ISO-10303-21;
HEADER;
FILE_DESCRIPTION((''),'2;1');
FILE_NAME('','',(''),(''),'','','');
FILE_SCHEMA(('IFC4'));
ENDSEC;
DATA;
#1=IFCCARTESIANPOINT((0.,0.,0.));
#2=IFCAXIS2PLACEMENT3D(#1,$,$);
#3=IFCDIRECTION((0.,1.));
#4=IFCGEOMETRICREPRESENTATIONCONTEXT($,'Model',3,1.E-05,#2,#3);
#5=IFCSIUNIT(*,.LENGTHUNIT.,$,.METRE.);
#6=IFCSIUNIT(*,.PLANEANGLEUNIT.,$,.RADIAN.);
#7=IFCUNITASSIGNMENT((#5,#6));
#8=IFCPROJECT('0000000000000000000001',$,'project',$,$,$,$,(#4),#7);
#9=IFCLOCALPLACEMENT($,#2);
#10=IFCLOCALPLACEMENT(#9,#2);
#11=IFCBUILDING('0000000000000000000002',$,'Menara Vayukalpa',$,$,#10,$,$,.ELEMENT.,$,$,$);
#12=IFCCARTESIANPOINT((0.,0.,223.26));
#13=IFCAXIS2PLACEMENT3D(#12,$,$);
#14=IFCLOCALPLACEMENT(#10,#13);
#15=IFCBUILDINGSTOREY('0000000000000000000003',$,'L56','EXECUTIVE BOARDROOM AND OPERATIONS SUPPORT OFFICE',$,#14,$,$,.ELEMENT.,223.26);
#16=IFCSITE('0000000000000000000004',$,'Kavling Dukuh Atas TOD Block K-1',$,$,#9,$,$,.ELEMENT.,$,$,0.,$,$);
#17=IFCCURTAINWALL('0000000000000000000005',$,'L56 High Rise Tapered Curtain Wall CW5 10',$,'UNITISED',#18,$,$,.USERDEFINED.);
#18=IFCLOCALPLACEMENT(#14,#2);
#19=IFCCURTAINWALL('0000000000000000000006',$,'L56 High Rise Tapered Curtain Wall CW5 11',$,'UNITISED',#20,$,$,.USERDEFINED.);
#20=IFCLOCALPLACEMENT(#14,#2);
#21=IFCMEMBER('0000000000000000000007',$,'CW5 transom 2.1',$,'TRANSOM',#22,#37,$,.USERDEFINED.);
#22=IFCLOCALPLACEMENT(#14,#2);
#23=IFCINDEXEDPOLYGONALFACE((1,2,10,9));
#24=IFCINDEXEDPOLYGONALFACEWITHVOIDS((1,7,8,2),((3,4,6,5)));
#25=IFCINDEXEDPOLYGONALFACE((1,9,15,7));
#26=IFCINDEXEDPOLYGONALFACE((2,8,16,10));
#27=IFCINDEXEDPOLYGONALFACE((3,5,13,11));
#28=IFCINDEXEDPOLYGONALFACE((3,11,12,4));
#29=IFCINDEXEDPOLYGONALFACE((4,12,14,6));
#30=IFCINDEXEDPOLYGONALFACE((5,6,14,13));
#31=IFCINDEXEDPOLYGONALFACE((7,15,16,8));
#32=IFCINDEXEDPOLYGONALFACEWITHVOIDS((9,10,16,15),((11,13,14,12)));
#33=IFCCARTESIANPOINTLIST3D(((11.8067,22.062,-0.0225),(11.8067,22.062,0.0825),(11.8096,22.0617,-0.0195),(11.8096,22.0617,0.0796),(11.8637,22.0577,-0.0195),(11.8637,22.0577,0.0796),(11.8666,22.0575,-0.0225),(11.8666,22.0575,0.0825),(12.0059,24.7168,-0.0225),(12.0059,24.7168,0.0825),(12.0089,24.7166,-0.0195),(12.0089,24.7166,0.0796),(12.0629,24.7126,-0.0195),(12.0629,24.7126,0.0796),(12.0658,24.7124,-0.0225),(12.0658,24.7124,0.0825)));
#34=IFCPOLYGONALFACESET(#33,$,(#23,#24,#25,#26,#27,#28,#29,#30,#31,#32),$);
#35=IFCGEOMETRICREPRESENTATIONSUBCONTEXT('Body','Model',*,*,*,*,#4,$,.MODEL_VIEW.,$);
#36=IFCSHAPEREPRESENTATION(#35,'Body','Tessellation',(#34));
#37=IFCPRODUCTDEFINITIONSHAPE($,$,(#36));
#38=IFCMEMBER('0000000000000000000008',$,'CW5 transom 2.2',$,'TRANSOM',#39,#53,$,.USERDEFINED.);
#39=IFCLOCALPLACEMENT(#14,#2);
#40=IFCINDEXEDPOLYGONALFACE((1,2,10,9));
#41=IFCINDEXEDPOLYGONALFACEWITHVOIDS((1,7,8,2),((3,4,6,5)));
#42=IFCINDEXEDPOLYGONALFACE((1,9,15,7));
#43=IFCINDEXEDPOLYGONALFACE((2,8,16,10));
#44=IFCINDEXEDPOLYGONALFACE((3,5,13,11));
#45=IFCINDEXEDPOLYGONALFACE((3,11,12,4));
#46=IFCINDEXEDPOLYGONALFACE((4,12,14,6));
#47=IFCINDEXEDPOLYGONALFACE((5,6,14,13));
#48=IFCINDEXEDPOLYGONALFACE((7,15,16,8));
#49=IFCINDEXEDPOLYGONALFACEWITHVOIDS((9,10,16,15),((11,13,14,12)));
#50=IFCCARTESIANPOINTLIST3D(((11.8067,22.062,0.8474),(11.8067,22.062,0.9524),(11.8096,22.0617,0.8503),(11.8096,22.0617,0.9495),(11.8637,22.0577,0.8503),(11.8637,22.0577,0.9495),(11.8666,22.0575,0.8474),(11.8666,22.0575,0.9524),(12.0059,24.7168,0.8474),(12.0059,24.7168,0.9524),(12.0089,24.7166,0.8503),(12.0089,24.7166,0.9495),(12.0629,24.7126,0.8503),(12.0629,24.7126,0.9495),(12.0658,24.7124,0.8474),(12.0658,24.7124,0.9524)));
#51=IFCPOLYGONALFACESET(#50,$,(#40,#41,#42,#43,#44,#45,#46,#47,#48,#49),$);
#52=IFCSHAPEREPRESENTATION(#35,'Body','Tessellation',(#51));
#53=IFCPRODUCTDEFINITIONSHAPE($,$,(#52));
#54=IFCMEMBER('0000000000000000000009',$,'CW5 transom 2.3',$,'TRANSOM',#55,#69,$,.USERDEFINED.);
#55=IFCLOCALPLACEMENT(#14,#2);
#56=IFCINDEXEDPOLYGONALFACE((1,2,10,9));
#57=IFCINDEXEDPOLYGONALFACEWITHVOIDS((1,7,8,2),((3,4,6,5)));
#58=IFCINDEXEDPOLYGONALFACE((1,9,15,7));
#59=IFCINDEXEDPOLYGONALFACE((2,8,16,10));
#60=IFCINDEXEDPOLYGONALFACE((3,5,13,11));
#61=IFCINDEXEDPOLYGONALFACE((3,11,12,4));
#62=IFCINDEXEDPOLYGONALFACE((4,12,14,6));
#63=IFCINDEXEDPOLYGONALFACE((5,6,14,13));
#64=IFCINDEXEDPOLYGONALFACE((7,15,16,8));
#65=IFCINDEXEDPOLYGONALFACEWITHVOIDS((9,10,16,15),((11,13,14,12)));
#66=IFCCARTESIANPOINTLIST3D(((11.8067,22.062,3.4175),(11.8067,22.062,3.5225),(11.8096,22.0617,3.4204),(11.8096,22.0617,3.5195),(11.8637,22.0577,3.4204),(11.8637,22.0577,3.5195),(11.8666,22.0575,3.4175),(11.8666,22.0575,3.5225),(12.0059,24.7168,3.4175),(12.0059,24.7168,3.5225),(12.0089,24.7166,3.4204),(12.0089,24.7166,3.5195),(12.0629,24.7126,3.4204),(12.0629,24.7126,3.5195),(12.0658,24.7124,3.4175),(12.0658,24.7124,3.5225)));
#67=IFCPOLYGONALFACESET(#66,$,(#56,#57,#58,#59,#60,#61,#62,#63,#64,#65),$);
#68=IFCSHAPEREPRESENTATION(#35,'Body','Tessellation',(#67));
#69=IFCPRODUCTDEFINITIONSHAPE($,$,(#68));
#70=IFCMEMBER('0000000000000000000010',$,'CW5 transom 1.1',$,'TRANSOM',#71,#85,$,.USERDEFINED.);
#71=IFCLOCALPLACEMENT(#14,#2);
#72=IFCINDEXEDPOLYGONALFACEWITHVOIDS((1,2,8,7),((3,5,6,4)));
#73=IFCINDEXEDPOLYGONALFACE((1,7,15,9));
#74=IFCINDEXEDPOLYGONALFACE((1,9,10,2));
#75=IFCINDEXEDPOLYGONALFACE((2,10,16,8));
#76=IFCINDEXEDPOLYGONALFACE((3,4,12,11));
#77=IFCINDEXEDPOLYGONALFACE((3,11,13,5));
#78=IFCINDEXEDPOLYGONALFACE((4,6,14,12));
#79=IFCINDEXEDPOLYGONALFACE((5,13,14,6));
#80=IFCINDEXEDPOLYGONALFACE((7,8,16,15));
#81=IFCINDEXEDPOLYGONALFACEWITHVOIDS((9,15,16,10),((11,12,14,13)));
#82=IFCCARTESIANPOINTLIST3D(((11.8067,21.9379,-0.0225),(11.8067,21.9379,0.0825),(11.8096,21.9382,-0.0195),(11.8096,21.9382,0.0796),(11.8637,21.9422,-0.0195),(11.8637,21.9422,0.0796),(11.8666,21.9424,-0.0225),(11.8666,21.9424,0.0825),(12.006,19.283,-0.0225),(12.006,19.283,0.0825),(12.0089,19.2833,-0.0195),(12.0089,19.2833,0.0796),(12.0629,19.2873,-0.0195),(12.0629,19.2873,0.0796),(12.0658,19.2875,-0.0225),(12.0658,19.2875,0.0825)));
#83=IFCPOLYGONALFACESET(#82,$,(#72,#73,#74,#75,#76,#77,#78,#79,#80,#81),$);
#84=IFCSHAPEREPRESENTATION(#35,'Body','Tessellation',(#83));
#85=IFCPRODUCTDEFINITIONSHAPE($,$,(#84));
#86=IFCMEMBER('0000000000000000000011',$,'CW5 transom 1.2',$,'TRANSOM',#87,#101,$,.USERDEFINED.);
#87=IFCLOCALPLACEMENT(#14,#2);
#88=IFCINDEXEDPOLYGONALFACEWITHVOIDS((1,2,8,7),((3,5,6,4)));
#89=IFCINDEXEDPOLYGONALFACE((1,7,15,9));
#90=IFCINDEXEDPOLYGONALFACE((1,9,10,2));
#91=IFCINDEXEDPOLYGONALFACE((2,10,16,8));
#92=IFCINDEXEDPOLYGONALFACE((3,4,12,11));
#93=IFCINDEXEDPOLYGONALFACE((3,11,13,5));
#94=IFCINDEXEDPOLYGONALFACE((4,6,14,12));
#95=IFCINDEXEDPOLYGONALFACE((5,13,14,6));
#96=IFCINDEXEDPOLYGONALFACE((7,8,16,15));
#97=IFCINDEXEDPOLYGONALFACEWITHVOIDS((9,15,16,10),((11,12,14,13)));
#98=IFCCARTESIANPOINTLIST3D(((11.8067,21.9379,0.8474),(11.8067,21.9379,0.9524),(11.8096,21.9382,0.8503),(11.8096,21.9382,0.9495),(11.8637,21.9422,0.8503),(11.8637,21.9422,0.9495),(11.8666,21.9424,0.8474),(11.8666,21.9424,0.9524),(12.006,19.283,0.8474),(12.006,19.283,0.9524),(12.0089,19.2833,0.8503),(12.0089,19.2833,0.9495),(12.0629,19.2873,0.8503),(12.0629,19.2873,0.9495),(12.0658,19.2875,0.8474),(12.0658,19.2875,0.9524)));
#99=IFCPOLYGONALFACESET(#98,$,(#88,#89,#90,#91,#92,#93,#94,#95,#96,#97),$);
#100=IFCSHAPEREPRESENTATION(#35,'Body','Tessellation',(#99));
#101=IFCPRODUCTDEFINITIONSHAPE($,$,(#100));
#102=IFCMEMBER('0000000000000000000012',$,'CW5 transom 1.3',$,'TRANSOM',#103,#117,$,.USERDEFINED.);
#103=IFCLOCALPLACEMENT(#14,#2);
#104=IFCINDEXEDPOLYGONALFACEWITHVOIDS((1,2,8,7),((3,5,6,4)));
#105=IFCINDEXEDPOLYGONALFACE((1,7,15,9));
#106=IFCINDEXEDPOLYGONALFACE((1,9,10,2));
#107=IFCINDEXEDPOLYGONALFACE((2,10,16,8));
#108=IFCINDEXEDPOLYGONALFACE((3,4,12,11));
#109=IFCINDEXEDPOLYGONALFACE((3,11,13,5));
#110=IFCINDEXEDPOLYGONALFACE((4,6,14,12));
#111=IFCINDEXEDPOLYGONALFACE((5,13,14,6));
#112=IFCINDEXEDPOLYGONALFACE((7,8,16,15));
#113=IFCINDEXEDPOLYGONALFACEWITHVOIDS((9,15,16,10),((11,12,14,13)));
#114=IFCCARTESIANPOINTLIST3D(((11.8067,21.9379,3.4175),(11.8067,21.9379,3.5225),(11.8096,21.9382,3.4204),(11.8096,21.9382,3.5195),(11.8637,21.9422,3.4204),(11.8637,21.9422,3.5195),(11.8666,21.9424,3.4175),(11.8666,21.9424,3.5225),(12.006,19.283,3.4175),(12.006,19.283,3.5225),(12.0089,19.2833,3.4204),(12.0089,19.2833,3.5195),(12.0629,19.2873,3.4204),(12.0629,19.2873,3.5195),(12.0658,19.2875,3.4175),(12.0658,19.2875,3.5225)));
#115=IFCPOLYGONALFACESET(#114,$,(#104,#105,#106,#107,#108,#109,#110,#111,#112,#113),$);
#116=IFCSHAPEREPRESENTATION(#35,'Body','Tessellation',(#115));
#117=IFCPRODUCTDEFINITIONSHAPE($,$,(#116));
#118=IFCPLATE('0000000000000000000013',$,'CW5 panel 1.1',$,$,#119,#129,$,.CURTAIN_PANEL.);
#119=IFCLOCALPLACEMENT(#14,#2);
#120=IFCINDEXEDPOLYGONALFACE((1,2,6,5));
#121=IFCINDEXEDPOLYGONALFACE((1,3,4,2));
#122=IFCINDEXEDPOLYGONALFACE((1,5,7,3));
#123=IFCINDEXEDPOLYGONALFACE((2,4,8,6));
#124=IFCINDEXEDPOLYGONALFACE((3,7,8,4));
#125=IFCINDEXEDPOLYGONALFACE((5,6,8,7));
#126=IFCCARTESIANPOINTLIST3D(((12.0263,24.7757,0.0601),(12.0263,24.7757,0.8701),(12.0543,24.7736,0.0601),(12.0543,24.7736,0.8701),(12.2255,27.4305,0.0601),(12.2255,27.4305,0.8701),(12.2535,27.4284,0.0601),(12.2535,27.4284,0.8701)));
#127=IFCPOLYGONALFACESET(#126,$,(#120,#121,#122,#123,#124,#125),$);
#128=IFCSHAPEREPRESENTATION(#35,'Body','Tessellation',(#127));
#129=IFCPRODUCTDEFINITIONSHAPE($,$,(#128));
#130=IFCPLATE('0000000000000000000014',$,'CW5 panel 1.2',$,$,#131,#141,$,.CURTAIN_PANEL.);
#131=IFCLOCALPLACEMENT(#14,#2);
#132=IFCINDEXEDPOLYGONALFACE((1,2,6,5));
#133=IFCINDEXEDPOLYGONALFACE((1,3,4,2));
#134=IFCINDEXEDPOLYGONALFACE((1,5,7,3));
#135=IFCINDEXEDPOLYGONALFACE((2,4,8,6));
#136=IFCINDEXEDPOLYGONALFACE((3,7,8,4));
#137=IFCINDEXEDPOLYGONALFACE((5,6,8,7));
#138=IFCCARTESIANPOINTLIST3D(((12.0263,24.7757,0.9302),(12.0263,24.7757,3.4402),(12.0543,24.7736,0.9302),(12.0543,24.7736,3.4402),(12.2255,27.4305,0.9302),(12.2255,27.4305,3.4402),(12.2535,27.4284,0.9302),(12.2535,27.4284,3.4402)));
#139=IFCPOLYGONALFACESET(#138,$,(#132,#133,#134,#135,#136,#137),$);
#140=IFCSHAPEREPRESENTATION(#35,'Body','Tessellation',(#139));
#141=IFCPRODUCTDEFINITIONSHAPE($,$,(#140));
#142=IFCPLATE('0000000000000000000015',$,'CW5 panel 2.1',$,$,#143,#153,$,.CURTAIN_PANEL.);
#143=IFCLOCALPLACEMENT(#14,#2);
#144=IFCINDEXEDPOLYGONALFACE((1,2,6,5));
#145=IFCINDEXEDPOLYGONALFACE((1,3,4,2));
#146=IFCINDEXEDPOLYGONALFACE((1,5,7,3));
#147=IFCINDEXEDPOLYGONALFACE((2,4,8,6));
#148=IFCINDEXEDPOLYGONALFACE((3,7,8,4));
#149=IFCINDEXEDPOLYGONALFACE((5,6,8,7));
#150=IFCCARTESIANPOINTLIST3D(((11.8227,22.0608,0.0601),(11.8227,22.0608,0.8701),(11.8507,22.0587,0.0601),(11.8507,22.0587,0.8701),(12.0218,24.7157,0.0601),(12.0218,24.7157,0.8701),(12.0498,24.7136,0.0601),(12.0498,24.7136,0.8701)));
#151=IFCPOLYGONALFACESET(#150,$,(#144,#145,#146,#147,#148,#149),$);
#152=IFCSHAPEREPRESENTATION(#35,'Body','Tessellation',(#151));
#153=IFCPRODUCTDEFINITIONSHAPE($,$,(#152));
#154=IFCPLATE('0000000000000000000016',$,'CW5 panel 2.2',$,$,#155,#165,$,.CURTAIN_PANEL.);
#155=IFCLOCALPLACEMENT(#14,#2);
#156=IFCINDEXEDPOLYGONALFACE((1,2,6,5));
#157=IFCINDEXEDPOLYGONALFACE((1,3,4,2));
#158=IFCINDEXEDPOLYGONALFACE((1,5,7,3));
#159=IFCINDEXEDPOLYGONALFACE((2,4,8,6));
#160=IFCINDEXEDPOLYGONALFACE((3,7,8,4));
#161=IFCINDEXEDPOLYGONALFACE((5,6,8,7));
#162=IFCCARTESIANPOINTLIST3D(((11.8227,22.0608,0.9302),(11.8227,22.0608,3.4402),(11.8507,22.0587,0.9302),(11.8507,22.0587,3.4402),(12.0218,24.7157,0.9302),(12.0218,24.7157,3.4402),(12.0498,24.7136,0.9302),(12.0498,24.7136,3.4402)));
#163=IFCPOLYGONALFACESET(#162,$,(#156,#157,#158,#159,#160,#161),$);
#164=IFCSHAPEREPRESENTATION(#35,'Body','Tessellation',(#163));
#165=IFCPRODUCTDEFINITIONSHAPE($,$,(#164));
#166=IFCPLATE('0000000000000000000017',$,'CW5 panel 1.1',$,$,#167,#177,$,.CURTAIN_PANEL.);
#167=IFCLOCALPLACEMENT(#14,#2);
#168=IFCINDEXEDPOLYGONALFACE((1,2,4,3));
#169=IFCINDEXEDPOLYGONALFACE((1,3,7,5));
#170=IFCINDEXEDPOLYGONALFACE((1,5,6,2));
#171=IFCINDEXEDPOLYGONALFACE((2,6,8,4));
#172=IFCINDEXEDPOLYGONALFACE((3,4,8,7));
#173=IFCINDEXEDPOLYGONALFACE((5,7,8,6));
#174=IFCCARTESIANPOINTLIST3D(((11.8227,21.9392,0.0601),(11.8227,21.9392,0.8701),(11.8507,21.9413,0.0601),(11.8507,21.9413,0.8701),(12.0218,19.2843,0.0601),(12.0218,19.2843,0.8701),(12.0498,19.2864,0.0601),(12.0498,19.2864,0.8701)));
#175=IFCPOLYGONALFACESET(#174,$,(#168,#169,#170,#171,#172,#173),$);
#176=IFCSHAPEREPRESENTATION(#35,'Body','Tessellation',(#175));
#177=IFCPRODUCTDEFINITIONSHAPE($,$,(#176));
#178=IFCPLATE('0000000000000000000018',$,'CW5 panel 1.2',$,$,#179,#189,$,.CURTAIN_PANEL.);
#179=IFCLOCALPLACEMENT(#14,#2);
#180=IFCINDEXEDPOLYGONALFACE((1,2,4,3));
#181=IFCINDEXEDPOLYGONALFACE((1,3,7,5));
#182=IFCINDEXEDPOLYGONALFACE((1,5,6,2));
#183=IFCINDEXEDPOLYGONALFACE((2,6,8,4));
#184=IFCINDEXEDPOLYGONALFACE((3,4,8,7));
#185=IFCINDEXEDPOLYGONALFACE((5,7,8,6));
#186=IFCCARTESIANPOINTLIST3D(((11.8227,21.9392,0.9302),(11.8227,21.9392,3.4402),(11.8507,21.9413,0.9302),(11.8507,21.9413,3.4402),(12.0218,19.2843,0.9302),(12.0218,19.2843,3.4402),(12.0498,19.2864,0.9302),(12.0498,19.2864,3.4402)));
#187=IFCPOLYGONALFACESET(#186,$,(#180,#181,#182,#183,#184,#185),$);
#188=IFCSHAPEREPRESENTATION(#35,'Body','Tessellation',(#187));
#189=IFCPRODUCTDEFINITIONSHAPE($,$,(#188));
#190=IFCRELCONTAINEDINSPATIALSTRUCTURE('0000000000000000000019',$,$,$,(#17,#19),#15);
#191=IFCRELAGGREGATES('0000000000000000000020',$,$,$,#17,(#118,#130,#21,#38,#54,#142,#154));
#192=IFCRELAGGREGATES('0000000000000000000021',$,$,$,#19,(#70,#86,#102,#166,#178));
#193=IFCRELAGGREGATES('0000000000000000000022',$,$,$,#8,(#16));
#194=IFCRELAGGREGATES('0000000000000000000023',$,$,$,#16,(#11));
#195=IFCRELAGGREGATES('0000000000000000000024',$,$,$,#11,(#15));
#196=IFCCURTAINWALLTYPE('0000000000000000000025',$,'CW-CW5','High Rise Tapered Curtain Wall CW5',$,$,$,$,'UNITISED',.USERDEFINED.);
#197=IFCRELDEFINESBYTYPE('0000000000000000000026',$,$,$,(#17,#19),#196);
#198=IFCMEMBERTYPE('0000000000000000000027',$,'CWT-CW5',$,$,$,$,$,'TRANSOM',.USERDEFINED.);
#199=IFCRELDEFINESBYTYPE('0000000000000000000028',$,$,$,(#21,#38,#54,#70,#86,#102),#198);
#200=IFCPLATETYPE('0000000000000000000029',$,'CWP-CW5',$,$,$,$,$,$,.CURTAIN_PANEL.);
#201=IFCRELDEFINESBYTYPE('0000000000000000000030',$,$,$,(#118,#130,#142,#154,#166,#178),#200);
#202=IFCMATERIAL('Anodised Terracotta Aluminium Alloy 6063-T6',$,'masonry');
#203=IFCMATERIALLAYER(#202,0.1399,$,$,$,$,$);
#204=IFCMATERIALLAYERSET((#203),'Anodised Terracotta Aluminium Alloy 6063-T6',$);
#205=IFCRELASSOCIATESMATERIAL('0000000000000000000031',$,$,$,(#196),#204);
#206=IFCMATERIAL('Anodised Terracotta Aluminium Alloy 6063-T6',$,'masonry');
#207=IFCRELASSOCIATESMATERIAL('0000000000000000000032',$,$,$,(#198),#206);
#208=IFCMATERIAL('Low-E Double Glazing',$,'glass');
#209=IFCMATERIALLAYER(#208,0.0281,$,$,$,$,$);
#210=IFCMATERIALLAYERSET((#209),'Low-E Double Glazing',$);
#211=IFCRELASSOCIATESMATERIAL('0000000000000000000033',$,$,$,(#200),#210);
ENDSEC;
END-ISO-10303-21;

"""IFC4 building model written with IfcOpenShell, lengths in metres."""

from ifc_helpers import new_model, si_unit, direction, frame, origin, origin_2d, place, context, subcontext, project, spatial, rectangle, hollow_rectangle, extrude, material, layer, layer_set, material_profile, profile_set, type_object, element, aggregate, save


model = new_model("IFC4")

# Units and contexts
model_context = context("Model", 3, precision=1e-05, world=origin(), true_north=direction((0.0, 1.0)))
body_context = subcontext(model_context, "Body", "Model", "MODEL_VIEW")
ifc_project = project(units=[si_unit("LENGTHUNIT", "METRE"), si_unit("PLANEANGLEUNIT", "RADIAN")], contexts=[model_context])

# Site, building, storey
site_placement = place(None, origin())
site = spatial("IfcSite", under=ifc_project, at=site_placement, Name="Kavling Dukuh Atas TOD Block K-1", CompositionType="ELEMENT", RefElevation=0.0)
building_placement = place(site_placement, origin())
building = spatial("IfcBuilding", under=site, at=building_placement, Name="Menara Vayukalpa", CompositionType="ELEMENT")
storey_placement = place(building_placement, frame((0.0, 0.0, 223.26)))
storey = spatial("IfcBuildingStorey", under=building, at=storey_placement, Name="L56", Description="EXECUTIVE BOARDROOM AND OPERATIONS SUPPORT OFFICE", CompositionType="ELEMENT", Elevation=223.26)

# Curtain wall
ifc_material_1 = material(Name="Anodised Terracotta Aluminium Alloy 6063-T6", Category="masonry")
ifc_layer_1 = layer(ifc_material_1, 0.1399)
ifc_layer_set_1 = layer_set([ifc_layer_1], Name="Anodised Terracotta Aluminium Alloy 6063-T6")
curtain_wall_type = type_object("IfcCurtainWallType", Name="CW-CW5", Description="High Rise Tapered Curtain Wall CW5", ElementType="UNITISED", PredefinedType="USERDEFINED", material=ifc_layer_set_1)
curtain_wall_1_placement = place(storey_placement, origin())
curtain_wall_1 = element("IfcCurtainWall", 1, at=curtain_wall_1_placement, inside=storey, type_object=curtain_wall_type, Name="L56 High Rise Tapered Curtain Wall CW5 10", ObjectType="UNITISED", PredefinedType="USERDEFINED")

# Curtain wall
curtain_wall_2_placement = place(storey_placement, origin())
curtain_wall_2 = element("IfcCurtainWall", 2, at=curtain_wall_2_placement, inside=storey, type_object=curtain_wall_type, Name="L56 High Rise Tapered Curtain Wall CW5 11", ObjectType="UNITISED", PredefinedType="USERDEFINED")

# Members
ifc_material_2 = material(Name="Anodised Terracotta Aluminium Alloy 6063-T6", Category="masonry")
ifc_material_profile_1 = material_profile(ifc_material_2, hollow_rectangle(XDim=0.0601, YDim=0.105, WallThickness=0.0029, at=origin_2d()), Name="ALU 60x105x3")
ifc_profile_set_1 = profile_set([ifc_material_profile_1], Name="Anodised Terracotta Aluminium Alloy 6063-T6")
member_type_1 = type_object("IfcMemberType", Name="CWT-CW5", ElementType="TRANSOM", PredefinedType="USERDEFINED", material=ifc_profile_set_1)
member_1_placement = place(storey_placement, frame((12.0359, 24.7146, 0.03), z_axis=(-0.074831, -0.997196, 0.0), x_axis=(0.997196, -0.074831, 0.0)))
member_1 = element("IfcMember", 3, at=member_1_placement, type_object=member_type_1, Name="CW5 transom 2.1", ObjectType="TRANSOM", PredefinedType="USERDEFINED", context=body_context, shape_type="SweptSolid", body=[
    extrude(hollow_rectangle(XDim=0.0601, YDim=0.105, WallThickness=0.0029, at=origin_2d()), origin(), (0.0, 0.0, 1.0), 2.6624),
])
member_2_placement = place(storey_placement, frame((12.0359, 24.7146, 0.8999), z_axis=(-0.074831, -0.997196, 0.0), x_axis=(0.997196, -0.074831, 0.0)))
member_2 = element("IfcMember", 4, at=member_2_placement, type_object=member_type_1, Name="CW5 transom 2.2", ObjectType="TRANSOM", PredefinedType="USERDEFINED", context=body_context, shape_type="SweptSolid", body=[
    extrude(hollow_rectangle(XDim=0.0601, YDim=0.105, WallThickness=0.0029, at=origin_2d()), origin(), (0.0, 0.0, 1.0), 2.6624),
])
member_3_placement = place(storey_placement, frame((12.0359, 24.7146, 3.47), z_axis=(-0.074831, -0.997196, 0.0), x_axis=(0.997196, -0.074831, 0.0)))
member_3 = element("IfcMember", 5, at=member_3_placement, type_object=member_type_1, Name="CW5 transom 2.3", ObjectType="TRANSOM", PredefinedType="USERDEFINED", context=body_context, shape_type="SweptSolid", body=[
    extrude(hollow_rectangle(XDim=0.0601, YDim=0.105, WallThickness=0.0029, at=origin_2d()), origin(), (0.0, 0.0, 1.0), 2.6624),
])
member_4_placement = place(storey_placement, frame((11.8367, 21.9402, 0.03), z_axis=(0.074831, -0.997196, 0.0), x_axis=(0.997196, 0.074831, 0.0)))
member_4 = element("IfcMember", 6, at=member_4_placement, type_object=member_type_1, Name="CW5 transom 1.1", ObjectType="TRANSOM", PredefinedType="USERDEFINED", context=body_context, shape_type="SweptSolid", body=[
    extrude(hollow_rectangle(XDim=0.0601, YDim=0.105, WallThickness=0.0029, at=origin_2d()), origin(), (0.0, 0.0, 1.0), 2.6624),
])
member_5_placement = place(storey_placement, frame((11.8367, 21.9402, 0.8999), z_axis=(0.074831, -0.997196, 0.0), x_axis=(0.997196, 0.074831, 0.0)))
member_5 = element("IfcMember", 7, at=member_5_placement, type_object=member_type_1, Name="CW5 transom 1.2", ObjectType="TRANSOM", PredefinedType="USERDEFINED", context=body_context, shape_type="SweptSolid", body=[
    extrude(hollow_rectangle(XDim=0.0601, YDim=0.105, WallThickness=0.0029, at=origin_2d()), origin(), (0.0, 0.0, 1.0), 2.6624),
])
member_6_placement = place(storey_placement, frame((11.8367, 21.9402, 3.47), z_axis=(0.074831, -0.997196, 0.0), x_axis=(0.997196, 0.074831, 0.0)))
member_6 = element("IfcMember", 8, at=member_6_placement, type_object=member_type_1, Name="CW5 transom 1.3", ObjectType="TRANSOM", PredefinedType="USERDEFINED", context=body_context, shape_type="SweptSolid", body=[
    extrude(hollow_rectangle(XDim=0.0601, YDim=0.105, WallThickness=0.0029, at=origin_2d()), origin(), (0.0, 0.0, 1.0), 2.6624),
])

# Plates
ifc_material_3 = material(Name="Low-E Double Glazing", Category="glass")
ifc_layer_2 = layer(ifc_material_3, 0.0281)
ifc_layer_set_2 = layer_set([ifc_layer_2], Name="Low-E Double Glazing")
plate_type = type_object("IfcPlateType", Name="CWP-CW5", PredefinedType="CURTAIN_PANEL", material=ifc_layer_set_2)
plate_1_placement = place(storey_placement, frame((12.1399, 26.1021, 0.0601), z_axis=(0.0, 0.0, 1.0), x_axis=(-0.074792, -0.997199, 0.0)))
plate_1 = element("IfcPlate", 9, at=plate_1_placement, type_object=plate_type, Name="CW5 panel 1.1", PredefinedType="CURTAIN_PANEL", context=body_context, shape_type="SweptSolid", body=[
    extrude(rectangle(XDim=2.6624, YDim=0.0281, at=origin_2d()), origin(), (0.0, 0.0, 1.0), 0.8101),
])
plate_2_placement = place(storey_placement, frame((12.1399, 26.1021, 0.9302), z_axis=(0.0, 0.0, 1.0), x_axis=(-0.074792, -0.997199, 0.0)))
plate_2 = element("IfcPlate", 10, at=plate_2_placement, type_object=plate_type, Name="CW5 panel 1.2", PredefinedType="CURTAIN_PANEL", context=body_context, shape_type="SweptSolid", body=[
    extrude(rectangle(XDim=2.6624, YDim=0.0281, at=origin_2d()), origin(), (0.0, 0.0, 1.0), 2.51),
])
plate_3_placement = place(storey_placement, frame((11.9363, 23.3872, 0.0601), z_axis=(0.0, 0.0, 1.0), x_axis=(-0.074792, -0.997199, 0.0)))
plate_3 = element("IfcPlate", 11, at=plate_3_placement, type_object=plate_type, Name="CW5 panel 2.1", PredefinedType="CURTAIN_PANEL", context=body_context, shape_type="SweptSolid", body=[
    extrude(rectangle(XDim=2.6624, YDim=0.0281, at=origin_2d()), origin(), (0.0, 0.0, 1.0), 0.8101),
])
plate_4_placement = place(storey_placement, frame((11.9363, 23.3872, 0.9302), z_axis=(0.0, 0.0, 1.0), x_axis=(-0.074792, -0.997199, 0.0)))
plate_4 = element("IfcPlate", 12, at=plate_4_placement, type_object=plate_type, Name="CW5 panel 2.2", PredefinedType="CURTAIN_PANEL", context=body_context, shape_type="SweptSolid", body=[
    extrude(rectangle(XDim=2.6624, YDim=0.0281, at=origin_2d()), origin(), (0.0, 0.0, 1.0), 2.51),
])
aggregate(curtain_wall_1, [plate_1, plate_2, member_1, member_2, member_3, plate_3, plate_4])
plate_5_placement = place(storey_placement, frame((11.9363, 20.6128, 0.0601), z_axis=(0.0, 0.0, 1.0), x_axis=(0.074792, -0.997199, 0.0)))
plate_5 = element("IfcPlate", 13, at=plate_5_placement, type_object=plate_type, Name="CW5 panel 1.1", PredefinedType="CURTAIN_PANEL", context=body_context, shape_type="SweptSolid", body=[
    extrude(rectangle(XDim=2.6624, YDim=0.0281, at=origin_2d()), origin(), (0.0, 0.0, 1.0), 0.8101),
])
plate_6_placement = place(storey_placement, frame((11.9363, 20.6128, 0.9302), z_axis=(0.0, 0.0, 1.0), x_axis=(0.074792, -0.997199, 0.0)))
plate_6 = element("IfcPlate", 14, at=plate_6_placement, type_object=plate_type, Name="CW5 panel 1.2", PredefinedType="CURTAIN_PANEL", context=body_context, shape_type="SweptSolid", body=[
    extrude(rectangle(XDim=2.6624, YDim=0.0281, at=origin_2d()), origin(), (0.0, 0.0, 1.0), 2.51),
])
aggregate(curtain_wall_2, [member_4, member_5, member_6, plate_5, plate_6])

save(model, "model.ifc")
